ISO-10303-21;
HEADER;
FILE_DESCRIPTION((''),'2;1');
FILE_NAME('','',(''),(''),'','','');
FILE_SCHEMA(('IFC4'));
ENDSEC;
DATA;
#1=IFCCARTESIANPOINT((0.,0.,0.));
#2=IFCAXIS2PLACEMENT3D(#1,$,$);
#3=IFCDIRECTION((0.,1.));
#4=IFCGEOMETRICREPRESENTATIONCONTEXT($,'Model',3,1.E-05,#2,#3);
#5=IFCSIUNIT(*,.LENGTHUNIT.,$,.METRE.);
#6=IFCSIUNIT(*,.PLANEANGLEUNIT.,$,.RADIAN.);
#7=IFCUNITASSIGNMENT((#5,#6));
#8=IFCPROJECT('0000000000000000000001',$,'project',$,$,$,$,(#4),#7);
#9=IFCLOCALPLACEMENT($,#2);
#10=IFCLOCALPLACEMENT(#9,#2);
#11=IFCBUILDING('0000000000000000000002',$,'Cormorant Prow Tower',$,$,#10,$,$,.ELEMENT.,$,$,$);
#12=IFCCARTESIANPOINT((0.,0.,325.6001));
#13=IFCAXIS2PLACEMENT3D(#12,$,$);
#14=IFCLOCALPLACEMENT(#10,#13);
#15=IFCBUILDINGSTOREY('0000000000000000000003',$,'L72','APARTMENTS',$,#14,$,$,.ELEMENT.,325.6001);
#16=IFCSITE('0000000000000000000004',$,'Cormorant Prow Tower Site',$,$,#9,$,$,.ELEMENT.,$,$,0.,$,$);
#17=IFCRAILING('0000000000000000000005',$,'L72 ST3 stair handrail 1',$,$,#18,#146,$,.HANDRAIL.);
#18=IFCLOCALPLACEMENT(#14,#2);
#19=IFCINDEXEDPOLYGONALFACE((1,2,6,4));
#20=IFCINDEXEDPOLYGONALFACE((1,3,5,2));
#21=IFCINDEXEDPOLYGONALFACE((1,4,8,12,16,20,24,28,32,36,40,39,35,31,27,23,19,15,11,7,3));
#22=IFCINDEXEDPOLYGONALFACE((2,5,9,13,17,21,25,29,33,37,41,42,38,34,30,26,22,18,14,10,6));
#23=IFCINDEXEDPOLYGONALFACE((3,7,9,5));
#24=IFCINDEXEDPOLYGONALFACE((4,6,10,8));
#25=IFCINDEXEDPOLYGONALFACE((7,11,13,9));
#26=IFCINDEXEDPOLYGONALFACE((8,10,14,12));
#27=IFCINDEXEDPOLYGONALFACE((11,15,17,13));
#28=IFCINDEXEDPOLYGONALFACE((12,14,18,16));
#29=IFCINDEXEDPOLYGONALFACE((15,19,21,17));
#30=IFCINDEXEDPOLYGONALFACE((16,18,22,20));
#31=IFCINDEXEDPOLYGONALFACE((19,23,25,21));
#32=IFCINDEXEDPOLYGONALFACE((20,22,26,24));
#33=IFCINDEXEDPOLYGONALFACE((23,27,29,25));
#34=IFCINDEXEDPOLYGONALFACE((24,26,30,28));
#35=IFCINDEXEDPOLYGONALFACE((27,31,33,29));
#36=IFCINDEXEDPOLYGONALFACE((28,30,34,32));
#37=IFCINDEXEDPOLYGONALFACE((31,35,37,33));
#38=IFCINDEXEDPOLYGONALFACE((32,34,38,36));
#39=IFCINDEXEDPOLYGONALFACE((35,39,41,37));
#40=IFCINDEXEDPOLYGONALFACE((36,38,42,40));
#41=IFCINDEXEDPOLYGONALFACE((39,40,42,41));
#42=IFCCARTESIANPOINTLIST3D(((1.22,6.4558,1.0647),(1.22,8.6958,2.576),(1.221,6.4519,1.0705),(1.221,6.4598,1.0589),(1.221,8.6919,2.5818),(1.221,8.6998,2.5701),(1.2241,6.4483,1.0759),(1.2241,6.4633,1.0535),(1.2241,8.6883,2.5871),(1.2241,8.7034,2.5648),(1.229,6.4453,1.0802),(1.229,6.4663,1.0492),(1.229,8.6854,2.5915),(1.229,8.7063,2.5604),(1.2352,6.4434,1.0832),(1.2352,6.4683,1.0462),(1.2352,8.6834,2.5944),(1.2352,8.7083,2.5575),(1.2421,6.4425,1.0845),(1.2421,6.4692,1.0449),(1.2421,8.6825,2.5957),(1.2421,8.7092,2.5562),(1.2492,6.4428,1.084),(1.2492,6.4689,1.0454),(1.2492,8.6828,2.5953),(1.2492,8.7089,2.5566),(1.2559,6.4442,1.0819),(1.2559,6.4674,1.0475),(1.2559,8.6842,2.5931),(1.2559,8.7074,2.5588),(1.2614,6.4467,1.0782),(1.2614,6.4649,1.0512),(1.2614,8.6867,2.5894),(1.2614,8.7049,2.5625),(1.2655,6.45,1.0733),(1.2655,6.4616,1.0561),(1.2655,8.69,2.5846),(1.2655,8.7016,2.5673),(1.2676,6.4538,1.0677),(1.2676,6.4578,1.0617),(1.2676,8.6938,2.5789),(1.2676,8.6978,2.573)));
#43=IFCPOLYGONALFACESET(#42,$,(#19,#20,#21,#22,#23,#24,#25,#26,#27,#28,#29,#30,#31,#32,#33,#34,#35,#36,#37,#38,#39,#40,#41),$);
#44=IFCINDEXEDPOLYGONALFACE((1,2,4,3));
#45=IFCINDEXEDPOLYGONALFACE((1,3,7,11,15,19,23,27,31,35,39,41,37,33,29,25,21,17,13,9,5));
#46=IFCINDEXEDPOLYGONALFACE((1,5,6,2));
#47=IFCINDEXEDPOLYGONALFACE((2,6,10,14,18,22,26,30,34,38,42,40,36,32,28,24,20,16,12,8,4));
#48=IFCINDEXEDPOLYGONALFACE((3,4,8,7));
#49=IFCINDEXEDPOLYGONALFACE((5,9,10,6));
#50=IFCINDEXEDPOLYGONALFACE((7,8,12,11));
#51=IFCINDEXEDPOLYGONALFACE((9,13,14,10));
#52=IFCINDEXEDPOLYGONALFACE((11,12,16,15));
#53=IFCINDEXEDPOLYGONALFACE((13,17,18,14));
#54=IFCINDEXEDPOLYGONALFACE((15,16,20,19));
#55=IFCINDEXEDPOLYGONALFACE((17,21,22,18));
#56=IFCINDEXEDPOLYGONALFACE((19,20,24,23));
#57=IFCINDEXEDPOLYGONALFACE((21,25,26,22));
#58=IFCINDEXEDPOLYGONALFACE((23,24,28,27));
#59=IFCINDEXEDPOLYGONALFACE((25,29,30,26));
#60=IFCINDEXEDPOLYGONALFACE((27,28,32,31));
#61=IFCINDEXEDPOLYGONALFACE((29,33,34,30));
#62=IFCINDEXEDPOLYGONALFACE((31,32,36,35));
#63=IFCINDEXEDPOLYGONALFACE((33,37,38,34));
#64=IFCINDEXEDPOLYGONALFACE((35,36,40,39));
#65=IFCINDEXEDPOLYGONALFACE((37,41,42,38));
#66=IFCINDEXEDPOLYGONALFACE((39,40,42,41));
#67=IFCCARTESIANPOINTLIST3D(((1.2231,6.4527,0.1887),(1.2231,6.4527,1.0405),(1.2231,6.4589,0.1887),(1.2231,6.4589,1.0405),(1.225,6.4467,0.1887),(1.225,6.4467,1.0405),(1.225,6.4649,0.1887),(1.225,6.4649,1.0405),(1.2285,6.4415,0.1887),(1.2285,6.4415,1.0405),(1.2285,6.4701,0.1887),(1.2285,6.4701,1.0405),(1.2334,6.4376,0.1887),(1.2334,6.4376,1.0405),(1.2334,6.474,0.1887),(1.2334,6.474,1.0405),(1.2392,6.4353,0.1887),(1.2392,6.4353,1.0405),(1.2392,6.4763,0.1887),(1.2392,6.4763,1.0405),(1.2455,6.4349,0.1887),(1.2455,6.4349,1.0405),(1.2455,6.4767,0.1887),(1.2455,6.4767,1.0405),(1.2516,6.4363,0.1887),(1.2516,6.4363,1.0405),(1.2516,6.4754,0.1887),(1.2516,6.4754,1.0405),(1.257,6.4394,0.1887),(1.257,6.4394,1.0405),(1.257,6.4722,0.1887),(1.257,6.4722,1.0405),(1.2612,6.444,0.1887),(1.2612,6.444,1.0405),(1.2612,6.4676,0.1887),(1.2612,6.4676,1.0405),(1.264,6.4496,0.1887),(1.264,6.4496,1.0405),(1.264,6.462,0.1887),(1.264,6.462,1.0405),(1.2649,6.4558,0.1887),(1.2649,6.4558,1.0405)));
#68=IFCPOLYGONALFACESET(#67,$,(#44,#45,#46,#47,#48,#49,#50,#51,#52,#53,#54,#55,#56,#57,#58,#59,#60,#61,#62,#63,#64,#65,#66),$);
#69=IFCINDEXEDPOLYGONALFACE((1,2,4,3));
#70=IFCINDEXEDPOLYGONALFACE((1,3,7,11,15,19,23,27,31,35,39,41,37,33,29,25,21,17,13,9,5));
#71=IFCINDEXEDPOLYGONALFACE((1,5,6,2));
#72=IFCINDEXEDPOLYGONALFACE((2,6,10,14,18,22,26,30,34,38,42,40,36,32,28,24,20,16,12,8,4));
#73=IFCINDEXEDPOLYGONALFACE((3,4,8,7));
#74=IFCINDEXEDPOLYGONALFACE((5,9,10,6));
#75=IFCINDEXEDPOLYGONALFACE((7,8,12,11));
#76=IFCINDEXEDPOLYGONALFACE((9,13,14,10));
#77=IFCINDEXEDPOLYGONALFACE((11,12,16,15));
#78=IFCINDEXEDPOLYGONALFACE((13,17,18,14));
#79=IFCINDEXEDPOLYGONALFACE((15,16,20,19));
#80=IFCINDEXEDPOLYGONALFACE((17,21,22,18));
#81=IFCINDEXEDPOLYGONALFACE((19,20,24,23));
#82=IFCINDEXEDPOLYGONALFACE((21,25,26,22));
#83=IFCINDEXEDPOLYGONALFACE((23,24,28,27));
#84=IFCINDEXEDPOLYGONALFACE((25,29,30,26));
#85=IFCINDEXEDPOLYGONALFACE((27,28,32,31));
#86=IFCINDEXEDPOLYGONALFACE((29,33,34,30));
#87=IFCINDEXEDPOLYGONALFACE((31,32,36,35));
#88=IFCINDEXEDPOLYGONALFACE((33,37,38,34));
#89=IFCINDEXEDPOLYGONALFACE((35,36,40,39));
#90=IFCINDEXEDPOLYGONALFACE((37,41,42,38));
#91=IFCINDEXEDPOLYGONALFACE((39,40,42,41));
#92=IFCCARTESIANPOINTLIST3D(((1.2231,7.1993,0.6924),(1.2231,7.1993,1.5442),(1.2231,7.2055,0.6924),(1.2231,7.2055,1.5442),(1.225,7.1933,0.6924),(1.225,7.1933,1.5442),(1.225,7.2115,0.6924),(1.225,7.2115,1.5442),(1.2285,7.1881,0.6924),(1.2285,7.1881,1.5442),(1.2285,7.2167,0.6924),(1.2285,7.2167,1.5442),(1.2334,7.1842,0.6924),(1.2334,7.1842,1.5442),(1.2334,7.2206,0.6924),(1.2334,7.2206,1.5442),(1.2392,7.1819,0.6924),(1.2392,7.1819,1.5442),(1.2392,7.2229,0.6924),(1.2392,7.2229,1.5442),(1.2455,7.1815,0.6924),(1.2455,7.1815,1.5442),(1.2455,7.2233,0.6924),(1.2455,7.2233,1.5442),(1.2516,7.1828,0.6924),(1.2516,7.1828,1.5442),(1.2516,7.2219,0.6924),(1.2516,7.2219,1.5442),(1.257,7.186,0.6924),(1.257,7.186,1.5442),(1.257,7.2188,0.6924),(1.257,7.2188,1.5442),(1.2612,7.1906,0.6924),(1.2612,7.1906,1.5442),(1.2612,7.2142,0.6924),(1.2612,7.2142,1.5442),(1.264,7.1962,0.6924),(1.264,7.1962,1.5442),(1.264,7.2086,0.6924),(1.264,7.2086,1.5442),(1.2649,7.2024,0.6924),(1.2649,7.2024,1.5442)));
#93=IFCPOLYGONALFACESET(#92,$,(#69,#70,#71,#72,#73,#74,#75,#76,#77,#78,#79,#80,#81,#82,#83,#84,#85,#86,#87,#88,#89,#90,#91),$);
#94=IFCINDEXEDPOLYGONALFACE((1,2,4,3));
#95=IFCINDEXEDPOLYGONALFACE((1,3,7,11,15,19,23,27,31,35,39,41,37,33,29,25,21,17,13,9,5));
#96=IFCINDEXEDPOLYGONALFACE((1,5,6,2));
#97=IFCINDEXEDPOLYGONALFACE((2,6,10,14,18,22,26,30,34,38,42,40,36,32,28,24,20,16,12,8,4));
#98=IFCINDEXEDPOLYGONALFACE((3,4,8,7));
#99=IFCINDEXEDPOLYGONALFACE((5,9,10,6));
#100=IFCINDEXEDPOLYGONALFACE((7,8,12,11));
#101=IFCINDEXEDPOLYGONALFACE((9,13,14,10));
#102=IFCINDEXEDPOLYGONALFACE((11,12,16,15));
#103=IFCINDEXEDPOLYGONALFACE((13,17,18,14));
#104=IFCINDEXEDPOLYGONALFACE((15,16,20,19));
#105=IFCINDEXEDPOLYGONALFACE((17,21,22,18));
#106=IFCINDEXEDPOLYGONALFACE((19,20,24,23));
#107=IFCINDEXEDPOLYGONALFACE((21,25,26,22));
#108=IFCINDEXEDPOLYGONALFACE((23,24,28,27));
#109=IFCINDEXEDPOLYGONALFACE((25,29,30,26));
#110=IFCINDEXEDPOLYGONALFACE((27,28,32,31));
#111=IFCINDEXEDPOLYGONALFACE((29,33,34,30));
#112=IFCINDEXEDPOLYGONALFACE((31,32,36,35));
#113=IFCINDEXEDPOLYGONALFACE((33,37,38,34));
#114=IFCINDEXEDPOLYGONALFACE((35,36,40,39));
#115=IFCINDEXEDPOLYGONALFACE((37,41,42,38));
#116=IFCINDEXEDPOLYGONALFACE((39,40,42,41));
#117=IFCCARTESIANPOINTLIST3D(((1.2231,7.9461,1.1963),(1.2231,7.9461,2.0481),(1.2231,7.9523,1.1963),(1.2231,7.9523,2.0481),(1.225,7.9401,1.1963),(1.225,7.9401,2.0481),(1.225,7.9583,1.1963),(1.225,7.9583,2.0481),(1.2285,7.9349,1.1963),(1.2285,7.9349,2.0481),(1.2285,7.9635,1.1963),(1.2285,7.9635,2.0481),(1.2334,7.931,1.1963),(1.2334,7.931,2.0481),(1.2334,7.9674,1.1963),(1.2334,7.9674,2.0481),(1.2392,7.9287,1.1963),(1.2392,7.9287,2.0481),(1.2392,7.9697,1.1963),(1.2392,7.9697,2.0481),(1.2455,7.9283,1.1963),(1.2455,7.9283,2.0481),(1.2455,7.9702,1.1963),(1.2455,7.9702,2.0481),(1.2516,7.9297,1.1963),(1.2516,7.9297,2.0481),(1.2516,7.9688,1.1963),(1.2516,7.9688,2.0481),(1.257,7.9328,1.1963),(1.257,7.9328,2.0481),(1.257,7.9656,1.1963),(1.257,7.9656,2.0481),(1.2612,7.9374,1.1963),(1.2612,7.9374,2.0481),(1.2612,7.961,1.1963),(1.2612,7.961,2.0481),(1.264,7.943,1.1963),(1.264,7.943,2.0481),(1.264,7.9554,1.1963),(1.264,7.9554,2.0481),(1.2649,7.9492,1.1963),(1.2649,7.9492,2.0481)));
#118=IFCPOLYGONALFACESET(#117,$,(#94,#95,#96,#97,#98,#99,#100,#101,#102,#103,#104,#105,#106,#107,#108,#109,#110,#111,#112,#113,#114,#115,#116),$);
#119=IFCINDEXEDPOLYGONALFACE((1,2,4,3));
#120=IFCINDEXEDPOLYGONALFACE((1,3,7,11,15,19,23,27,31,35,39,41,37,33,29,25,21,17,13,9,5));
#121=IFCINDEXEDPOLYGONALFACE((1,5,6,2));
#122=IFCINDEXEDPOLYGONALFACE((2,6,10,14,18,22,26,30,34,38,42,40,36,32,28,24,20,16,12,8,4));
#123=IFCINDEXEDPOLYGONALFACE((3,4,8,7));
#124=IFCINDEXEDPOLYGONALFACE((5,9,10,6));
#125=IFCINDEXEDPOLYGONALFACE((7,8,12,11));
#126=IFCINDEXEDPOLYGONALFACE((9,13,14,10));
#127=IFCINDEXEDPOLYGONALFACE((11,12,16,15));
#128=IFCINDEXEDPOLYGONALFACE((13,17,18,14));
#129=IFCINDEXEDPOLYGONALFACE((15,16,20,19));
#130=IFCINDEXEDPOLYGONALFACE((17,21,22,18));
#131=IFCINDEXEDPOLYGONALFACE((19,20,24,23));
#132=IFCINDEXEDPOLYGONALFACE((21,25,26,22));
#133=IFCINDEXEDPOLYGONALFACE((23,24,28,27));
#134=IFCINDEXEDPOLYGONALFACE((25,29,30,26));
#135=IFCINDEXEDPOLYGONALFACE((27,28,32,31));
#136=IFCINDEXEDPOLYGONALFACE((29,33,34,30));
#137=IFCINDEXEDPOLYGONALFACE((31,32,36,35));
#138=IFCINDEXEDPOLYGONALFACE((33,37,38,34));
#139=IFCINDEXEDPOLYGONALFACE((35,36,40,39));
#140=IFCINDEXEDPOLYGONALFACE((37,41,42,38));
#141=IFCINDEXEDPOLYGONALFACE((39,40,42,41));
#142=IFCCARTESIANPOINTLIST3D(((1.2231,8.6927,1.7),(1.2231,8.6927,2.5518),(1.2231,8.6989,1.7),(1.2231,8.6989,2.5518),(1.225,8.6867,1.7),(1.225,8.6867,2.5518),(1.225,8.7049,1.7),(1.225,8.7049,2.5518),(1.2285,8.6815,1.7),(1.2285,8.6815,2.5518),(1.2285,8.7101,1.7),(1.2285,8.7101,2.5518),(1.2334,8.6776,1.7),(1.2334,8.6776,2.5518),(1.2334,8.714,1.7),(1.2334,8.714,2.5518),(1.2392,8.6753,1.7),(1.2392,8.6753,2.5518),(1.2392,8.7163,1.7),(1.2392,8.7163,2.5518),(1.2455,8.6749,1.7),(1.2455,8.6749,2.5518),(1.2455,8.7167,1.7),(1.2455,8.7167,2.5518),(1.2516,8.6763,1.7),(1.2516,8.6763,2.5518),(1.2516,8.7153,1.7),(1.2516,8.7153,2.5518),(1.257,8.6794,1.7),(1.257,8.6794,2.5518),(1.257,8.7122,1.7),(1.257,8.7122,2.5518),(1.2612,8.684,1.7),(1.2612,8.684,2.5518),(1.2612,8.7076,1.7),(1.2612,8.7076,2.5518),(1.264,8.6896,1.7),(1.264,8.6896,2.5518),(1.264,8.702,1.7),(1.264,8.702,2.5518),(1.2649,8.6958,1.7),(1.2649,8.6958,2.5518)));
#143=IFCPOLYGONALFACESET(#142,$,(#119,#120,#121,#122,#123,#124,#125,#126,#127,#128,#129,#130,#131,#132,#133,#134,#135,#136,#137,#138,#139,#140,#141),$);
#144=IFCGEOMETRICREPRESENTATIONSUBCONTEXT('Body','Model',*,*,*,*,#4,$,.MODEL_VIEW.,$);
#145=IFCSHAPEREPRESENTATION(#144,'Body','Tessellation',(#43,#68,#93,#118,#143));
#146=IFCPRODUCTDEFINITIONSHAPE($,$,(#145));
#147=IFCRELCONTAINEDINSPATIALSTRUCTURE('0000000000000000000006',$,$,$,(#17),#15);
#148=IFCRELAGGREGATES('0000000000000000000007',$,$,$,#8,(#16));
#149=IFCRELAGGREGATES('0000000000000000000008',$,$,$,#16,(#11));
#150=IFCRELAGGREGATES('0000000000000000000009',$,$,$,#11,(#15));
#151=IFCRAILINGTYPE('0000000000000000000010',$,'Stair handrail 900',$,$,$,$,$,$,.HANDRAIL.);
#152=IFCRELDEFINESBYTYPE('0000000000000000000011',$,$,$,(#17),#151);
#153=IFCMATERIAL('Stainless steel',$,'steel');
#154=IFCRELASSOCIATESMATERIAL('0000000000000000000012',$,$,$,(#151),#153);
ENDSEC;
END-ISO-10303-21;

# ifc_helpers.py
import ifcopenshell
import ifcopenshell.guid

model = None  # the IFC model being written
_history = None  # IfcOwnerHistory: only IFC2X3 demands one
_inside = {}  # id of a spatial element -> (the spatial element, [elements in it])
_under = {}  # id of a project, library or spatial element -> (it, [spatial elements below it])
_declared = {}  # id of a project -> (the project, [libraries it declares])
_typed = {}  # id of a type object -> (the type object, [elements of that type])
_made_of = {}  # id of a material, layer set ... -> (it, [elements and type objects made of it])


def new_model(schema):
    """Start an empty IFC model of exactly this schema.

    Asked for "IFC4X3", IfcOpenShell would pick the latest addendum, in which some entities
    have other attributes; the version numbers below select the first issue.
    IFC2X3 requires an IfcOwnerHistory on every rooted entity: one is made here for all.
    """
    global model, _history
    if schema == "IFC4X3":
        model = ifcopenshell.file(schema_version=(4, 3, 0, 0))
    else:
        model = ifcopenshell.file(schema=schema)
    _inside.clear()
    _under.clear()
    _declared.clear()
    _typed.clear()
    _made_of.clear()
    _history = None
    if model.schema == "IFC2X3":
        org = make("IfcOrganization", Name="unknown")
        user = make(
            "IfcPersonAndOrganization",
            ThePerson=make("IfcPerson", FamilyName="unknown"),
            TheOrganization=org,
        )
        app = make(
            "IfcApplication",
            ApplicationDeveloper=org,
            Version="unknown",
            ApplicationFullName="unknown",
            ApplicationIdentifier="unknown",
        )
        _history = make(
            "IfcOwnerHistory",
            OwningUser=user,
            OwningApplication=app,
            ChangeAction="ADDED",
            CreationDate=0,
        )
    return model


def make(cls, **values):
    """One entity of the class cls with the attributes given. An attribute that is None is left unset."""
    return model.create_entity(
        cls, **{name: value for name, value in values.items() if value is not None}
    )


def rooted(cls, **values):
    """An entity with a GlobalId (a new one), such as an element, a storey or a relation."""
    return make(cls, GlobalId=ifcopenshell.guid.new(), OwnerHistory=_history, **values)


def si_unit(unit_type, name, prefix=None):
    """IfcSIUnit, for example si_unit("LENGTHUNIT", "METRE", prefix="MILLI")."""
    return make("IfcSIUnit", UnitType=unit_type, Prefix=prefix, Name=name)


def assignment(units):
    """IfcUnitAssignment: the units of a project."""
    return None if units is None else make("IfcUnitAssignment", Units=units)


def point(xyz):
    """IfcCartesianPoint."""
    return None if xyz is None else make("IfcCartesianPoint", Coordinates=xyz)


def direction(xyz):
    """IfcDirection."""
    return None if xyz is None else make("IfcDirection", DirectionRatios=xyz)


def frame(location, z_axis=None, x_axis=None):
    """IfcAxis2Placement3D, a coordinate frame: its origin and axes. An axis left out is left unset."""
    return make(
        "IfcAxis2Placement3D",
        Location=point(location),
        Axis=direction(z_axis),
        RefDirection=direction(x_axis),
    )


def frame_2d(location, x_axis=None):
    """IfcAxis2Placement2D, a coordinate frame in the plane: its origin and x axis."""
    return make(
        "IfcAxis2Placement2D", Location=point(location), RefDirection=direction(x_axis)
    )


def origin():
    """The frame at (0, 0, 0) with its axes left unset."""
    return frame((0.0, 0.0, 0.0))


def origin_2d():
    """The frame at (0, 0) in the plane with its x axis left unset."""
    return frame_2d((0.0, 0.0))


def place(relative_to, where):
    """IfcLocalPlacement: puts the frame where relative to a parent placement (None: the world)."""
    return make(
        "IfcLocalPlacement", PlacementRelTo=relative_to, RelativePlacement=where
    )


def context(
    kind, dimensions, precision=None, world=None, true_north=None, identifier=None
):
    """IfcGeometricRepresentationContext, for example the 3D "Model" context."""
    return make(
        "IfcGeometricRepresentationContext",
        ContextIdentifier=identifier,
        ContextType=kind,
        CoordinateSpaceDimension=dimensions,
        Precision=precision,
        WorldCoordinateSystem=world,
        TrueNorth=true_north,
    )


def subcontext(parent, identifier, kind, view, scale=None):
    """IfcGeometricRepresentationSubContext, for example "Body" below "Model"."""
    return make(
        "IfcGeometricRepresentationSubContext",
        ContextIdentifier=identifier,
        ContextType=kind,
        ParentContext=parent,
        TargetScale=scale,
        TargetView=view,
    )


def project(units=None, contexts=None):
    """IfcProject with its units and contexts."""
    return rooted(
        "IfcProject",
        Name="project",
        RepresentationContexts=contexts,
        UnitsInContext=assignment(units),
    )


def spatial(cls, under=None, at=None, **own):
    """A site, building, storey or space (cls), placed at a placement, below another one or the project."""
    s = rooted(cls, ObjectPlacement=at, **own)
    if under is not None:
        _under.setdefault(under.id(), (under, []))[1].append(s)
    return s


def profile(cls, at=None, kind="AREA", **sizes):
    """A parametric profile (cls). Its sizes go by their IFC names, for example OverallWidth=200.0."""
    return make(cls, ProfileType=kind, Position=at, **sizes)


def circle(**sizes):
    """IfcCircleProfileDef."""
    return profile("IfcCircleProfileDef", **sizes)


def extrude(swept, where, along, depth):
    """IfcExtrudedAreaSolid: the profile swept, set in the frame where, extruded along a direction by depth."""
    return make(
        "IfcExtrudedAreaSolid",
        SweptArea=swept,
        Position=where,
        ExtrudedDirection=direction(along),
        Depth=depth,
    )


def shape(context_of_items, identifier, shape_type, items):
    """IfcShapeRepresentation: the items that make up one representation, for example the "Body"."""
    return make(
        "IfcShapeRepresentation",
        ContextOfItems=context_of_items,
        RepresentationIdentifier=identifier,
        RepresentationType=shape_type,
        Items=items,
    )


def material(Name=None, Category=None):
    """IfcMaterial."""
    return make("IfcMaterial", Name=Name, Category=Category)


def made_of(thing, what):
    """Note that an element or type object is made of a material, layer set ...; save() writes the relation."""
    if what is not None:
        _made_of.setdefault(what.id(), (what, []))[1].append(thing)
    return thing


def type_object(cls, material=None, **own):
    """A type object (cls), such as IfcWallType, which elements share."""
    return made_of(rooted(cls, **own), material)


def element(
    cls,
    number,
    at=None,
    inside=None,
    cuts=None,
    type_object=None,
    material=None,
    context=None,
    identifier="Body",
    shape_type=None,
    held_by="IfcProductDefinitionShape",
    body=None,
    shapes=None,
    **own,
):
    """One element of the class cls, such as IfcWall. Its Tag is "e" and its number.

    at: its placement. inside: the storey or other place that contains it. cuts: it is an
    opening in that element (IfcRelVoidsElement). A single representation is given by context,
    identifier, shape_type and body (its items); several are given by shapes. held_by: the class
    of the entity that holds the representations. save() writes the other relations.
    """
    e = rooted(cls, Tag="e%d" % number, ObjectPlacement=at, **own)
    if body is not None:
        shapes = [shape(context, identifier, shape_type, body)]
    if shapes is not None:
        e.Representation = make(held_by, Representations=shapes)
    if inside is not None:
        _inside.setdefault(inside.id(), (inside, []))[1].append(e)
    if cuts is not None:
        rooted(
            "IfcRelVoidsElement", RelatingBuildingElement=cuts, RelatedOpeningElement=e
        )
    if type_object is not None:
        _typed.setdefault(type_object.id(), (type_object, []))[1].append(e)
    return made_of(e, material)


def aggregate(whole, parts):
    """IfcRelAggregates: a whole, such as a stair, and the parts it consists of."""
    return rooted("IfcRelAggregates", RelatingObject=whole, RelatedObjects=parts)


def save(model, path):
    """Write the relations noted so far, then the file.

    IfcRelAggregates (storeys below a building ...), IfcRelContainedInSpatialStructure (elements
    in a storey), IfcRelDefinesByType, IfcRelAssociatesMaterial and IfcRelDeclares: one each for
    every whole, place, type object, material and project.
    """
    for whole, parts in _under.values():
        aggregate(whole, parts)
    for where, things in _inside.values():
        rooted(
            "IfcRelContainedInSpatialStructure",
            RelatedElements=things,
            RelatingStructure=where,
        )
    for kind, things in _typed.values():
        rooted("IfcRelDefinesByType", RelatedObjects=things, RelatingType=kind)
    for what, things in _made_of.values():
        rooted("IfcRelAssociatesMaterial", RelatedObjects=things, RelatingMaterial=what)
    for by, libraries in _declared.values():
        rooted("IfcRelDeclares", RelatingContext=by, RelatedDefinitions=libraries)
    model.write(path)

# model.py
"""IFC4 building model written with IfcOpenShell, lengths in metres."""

from ifc_helpers import new_model, si_unit, direction, frame, origin, origin_2d, place, context, subcontext, project, spatial, circle, extrude, material, type_object, element, save


model = new_model("IFC4")

# Units and contexts
model_context = context("Model", 3, precision=1e-05, world=origin(), true_north=direction((0.0, 1.0)))
body_context = subcontext(model_context, "Body", "Model", "MODEL_VIEW")
ifc_project = project(units=[si_unit("LENGTHUNIT", "METRE"), si_unit("PLANEANGLEUNIT", "RADIAN")], contexts=[model_context])

# Site, building, storey
site_placement = place(None, origin())
site = spatial("IfcSite", under=ifc_project, at=site_placement, Name="Cormorant Prow Tower Site", CompositionType="ELEMENT", RefElevation=0.0)
building_placement = place(site_placement, origin())
building = spatial("IfcBuilding", under=site, at=building_placement, Name="Cormorant Prow Tower", CompositionType="ELEMENT")
storey_placement = place(building_placement, frame((0.0, 0.0, 325.6001)))
storey = spatial("IfcBuildingStorey", under=building, at=storey_placement, Name="L72", Description="APARTMENTS", CompositionType="ELEMENT", Elevation=325.6001)

# Railing
ifc_material_1 = material(Name="Stainless steel", Category="steel")
railing_type_1 = type_object("IfcRailingType", Name="Stair handrail 900", PredefinedType="HANDRAIL", material=ifc_material_1)
railing_1_placement = place(storey_placement, frame((1.2439, 6.4558, 0.1887)))
element("IfcRailing", 1, at=railing_1_placement, inside=storey, type_object=railing_type_1, Name="L72 ST3 stair handrail 1", PredefinedType="HANDRAIL", context=body_context, shape_type="SweptSolid", body=[
    extrude(circle(Radius=0.0239, at=origin_2d()), frame((0.0, 0.0, 0.876), z_axis=(0.0, 0.82898, 0.559279), x_axis=(-1.0, 0.0, 0.0)), (0.0, 0.0, 1.0), 2.7021),
    extrude(circle(Radius=0.021, at=origin_2d()), origin(), (0.0, 0.0, 1.0), 0.8518),
    extrude(circle(Radius=0.021, at=origin_2d()), frame((0.0, 0.7466, 0.5037)), (0.0, 0.0, 1.0), 0.8518),
    extrude(circle(Radius=0.021, at=origin_2d()), frame((0.0, 1.4934, 1.0076)), (0.0, 0.0, 1.0), 0.8518),
    extrude(circle(Radius=0.021, at=origin_2d()), frame((0.0, 2.24, 1.5112)), (0.0, 0.0, 1.0), 0.8518),
])

save(model, "model.ifc")
